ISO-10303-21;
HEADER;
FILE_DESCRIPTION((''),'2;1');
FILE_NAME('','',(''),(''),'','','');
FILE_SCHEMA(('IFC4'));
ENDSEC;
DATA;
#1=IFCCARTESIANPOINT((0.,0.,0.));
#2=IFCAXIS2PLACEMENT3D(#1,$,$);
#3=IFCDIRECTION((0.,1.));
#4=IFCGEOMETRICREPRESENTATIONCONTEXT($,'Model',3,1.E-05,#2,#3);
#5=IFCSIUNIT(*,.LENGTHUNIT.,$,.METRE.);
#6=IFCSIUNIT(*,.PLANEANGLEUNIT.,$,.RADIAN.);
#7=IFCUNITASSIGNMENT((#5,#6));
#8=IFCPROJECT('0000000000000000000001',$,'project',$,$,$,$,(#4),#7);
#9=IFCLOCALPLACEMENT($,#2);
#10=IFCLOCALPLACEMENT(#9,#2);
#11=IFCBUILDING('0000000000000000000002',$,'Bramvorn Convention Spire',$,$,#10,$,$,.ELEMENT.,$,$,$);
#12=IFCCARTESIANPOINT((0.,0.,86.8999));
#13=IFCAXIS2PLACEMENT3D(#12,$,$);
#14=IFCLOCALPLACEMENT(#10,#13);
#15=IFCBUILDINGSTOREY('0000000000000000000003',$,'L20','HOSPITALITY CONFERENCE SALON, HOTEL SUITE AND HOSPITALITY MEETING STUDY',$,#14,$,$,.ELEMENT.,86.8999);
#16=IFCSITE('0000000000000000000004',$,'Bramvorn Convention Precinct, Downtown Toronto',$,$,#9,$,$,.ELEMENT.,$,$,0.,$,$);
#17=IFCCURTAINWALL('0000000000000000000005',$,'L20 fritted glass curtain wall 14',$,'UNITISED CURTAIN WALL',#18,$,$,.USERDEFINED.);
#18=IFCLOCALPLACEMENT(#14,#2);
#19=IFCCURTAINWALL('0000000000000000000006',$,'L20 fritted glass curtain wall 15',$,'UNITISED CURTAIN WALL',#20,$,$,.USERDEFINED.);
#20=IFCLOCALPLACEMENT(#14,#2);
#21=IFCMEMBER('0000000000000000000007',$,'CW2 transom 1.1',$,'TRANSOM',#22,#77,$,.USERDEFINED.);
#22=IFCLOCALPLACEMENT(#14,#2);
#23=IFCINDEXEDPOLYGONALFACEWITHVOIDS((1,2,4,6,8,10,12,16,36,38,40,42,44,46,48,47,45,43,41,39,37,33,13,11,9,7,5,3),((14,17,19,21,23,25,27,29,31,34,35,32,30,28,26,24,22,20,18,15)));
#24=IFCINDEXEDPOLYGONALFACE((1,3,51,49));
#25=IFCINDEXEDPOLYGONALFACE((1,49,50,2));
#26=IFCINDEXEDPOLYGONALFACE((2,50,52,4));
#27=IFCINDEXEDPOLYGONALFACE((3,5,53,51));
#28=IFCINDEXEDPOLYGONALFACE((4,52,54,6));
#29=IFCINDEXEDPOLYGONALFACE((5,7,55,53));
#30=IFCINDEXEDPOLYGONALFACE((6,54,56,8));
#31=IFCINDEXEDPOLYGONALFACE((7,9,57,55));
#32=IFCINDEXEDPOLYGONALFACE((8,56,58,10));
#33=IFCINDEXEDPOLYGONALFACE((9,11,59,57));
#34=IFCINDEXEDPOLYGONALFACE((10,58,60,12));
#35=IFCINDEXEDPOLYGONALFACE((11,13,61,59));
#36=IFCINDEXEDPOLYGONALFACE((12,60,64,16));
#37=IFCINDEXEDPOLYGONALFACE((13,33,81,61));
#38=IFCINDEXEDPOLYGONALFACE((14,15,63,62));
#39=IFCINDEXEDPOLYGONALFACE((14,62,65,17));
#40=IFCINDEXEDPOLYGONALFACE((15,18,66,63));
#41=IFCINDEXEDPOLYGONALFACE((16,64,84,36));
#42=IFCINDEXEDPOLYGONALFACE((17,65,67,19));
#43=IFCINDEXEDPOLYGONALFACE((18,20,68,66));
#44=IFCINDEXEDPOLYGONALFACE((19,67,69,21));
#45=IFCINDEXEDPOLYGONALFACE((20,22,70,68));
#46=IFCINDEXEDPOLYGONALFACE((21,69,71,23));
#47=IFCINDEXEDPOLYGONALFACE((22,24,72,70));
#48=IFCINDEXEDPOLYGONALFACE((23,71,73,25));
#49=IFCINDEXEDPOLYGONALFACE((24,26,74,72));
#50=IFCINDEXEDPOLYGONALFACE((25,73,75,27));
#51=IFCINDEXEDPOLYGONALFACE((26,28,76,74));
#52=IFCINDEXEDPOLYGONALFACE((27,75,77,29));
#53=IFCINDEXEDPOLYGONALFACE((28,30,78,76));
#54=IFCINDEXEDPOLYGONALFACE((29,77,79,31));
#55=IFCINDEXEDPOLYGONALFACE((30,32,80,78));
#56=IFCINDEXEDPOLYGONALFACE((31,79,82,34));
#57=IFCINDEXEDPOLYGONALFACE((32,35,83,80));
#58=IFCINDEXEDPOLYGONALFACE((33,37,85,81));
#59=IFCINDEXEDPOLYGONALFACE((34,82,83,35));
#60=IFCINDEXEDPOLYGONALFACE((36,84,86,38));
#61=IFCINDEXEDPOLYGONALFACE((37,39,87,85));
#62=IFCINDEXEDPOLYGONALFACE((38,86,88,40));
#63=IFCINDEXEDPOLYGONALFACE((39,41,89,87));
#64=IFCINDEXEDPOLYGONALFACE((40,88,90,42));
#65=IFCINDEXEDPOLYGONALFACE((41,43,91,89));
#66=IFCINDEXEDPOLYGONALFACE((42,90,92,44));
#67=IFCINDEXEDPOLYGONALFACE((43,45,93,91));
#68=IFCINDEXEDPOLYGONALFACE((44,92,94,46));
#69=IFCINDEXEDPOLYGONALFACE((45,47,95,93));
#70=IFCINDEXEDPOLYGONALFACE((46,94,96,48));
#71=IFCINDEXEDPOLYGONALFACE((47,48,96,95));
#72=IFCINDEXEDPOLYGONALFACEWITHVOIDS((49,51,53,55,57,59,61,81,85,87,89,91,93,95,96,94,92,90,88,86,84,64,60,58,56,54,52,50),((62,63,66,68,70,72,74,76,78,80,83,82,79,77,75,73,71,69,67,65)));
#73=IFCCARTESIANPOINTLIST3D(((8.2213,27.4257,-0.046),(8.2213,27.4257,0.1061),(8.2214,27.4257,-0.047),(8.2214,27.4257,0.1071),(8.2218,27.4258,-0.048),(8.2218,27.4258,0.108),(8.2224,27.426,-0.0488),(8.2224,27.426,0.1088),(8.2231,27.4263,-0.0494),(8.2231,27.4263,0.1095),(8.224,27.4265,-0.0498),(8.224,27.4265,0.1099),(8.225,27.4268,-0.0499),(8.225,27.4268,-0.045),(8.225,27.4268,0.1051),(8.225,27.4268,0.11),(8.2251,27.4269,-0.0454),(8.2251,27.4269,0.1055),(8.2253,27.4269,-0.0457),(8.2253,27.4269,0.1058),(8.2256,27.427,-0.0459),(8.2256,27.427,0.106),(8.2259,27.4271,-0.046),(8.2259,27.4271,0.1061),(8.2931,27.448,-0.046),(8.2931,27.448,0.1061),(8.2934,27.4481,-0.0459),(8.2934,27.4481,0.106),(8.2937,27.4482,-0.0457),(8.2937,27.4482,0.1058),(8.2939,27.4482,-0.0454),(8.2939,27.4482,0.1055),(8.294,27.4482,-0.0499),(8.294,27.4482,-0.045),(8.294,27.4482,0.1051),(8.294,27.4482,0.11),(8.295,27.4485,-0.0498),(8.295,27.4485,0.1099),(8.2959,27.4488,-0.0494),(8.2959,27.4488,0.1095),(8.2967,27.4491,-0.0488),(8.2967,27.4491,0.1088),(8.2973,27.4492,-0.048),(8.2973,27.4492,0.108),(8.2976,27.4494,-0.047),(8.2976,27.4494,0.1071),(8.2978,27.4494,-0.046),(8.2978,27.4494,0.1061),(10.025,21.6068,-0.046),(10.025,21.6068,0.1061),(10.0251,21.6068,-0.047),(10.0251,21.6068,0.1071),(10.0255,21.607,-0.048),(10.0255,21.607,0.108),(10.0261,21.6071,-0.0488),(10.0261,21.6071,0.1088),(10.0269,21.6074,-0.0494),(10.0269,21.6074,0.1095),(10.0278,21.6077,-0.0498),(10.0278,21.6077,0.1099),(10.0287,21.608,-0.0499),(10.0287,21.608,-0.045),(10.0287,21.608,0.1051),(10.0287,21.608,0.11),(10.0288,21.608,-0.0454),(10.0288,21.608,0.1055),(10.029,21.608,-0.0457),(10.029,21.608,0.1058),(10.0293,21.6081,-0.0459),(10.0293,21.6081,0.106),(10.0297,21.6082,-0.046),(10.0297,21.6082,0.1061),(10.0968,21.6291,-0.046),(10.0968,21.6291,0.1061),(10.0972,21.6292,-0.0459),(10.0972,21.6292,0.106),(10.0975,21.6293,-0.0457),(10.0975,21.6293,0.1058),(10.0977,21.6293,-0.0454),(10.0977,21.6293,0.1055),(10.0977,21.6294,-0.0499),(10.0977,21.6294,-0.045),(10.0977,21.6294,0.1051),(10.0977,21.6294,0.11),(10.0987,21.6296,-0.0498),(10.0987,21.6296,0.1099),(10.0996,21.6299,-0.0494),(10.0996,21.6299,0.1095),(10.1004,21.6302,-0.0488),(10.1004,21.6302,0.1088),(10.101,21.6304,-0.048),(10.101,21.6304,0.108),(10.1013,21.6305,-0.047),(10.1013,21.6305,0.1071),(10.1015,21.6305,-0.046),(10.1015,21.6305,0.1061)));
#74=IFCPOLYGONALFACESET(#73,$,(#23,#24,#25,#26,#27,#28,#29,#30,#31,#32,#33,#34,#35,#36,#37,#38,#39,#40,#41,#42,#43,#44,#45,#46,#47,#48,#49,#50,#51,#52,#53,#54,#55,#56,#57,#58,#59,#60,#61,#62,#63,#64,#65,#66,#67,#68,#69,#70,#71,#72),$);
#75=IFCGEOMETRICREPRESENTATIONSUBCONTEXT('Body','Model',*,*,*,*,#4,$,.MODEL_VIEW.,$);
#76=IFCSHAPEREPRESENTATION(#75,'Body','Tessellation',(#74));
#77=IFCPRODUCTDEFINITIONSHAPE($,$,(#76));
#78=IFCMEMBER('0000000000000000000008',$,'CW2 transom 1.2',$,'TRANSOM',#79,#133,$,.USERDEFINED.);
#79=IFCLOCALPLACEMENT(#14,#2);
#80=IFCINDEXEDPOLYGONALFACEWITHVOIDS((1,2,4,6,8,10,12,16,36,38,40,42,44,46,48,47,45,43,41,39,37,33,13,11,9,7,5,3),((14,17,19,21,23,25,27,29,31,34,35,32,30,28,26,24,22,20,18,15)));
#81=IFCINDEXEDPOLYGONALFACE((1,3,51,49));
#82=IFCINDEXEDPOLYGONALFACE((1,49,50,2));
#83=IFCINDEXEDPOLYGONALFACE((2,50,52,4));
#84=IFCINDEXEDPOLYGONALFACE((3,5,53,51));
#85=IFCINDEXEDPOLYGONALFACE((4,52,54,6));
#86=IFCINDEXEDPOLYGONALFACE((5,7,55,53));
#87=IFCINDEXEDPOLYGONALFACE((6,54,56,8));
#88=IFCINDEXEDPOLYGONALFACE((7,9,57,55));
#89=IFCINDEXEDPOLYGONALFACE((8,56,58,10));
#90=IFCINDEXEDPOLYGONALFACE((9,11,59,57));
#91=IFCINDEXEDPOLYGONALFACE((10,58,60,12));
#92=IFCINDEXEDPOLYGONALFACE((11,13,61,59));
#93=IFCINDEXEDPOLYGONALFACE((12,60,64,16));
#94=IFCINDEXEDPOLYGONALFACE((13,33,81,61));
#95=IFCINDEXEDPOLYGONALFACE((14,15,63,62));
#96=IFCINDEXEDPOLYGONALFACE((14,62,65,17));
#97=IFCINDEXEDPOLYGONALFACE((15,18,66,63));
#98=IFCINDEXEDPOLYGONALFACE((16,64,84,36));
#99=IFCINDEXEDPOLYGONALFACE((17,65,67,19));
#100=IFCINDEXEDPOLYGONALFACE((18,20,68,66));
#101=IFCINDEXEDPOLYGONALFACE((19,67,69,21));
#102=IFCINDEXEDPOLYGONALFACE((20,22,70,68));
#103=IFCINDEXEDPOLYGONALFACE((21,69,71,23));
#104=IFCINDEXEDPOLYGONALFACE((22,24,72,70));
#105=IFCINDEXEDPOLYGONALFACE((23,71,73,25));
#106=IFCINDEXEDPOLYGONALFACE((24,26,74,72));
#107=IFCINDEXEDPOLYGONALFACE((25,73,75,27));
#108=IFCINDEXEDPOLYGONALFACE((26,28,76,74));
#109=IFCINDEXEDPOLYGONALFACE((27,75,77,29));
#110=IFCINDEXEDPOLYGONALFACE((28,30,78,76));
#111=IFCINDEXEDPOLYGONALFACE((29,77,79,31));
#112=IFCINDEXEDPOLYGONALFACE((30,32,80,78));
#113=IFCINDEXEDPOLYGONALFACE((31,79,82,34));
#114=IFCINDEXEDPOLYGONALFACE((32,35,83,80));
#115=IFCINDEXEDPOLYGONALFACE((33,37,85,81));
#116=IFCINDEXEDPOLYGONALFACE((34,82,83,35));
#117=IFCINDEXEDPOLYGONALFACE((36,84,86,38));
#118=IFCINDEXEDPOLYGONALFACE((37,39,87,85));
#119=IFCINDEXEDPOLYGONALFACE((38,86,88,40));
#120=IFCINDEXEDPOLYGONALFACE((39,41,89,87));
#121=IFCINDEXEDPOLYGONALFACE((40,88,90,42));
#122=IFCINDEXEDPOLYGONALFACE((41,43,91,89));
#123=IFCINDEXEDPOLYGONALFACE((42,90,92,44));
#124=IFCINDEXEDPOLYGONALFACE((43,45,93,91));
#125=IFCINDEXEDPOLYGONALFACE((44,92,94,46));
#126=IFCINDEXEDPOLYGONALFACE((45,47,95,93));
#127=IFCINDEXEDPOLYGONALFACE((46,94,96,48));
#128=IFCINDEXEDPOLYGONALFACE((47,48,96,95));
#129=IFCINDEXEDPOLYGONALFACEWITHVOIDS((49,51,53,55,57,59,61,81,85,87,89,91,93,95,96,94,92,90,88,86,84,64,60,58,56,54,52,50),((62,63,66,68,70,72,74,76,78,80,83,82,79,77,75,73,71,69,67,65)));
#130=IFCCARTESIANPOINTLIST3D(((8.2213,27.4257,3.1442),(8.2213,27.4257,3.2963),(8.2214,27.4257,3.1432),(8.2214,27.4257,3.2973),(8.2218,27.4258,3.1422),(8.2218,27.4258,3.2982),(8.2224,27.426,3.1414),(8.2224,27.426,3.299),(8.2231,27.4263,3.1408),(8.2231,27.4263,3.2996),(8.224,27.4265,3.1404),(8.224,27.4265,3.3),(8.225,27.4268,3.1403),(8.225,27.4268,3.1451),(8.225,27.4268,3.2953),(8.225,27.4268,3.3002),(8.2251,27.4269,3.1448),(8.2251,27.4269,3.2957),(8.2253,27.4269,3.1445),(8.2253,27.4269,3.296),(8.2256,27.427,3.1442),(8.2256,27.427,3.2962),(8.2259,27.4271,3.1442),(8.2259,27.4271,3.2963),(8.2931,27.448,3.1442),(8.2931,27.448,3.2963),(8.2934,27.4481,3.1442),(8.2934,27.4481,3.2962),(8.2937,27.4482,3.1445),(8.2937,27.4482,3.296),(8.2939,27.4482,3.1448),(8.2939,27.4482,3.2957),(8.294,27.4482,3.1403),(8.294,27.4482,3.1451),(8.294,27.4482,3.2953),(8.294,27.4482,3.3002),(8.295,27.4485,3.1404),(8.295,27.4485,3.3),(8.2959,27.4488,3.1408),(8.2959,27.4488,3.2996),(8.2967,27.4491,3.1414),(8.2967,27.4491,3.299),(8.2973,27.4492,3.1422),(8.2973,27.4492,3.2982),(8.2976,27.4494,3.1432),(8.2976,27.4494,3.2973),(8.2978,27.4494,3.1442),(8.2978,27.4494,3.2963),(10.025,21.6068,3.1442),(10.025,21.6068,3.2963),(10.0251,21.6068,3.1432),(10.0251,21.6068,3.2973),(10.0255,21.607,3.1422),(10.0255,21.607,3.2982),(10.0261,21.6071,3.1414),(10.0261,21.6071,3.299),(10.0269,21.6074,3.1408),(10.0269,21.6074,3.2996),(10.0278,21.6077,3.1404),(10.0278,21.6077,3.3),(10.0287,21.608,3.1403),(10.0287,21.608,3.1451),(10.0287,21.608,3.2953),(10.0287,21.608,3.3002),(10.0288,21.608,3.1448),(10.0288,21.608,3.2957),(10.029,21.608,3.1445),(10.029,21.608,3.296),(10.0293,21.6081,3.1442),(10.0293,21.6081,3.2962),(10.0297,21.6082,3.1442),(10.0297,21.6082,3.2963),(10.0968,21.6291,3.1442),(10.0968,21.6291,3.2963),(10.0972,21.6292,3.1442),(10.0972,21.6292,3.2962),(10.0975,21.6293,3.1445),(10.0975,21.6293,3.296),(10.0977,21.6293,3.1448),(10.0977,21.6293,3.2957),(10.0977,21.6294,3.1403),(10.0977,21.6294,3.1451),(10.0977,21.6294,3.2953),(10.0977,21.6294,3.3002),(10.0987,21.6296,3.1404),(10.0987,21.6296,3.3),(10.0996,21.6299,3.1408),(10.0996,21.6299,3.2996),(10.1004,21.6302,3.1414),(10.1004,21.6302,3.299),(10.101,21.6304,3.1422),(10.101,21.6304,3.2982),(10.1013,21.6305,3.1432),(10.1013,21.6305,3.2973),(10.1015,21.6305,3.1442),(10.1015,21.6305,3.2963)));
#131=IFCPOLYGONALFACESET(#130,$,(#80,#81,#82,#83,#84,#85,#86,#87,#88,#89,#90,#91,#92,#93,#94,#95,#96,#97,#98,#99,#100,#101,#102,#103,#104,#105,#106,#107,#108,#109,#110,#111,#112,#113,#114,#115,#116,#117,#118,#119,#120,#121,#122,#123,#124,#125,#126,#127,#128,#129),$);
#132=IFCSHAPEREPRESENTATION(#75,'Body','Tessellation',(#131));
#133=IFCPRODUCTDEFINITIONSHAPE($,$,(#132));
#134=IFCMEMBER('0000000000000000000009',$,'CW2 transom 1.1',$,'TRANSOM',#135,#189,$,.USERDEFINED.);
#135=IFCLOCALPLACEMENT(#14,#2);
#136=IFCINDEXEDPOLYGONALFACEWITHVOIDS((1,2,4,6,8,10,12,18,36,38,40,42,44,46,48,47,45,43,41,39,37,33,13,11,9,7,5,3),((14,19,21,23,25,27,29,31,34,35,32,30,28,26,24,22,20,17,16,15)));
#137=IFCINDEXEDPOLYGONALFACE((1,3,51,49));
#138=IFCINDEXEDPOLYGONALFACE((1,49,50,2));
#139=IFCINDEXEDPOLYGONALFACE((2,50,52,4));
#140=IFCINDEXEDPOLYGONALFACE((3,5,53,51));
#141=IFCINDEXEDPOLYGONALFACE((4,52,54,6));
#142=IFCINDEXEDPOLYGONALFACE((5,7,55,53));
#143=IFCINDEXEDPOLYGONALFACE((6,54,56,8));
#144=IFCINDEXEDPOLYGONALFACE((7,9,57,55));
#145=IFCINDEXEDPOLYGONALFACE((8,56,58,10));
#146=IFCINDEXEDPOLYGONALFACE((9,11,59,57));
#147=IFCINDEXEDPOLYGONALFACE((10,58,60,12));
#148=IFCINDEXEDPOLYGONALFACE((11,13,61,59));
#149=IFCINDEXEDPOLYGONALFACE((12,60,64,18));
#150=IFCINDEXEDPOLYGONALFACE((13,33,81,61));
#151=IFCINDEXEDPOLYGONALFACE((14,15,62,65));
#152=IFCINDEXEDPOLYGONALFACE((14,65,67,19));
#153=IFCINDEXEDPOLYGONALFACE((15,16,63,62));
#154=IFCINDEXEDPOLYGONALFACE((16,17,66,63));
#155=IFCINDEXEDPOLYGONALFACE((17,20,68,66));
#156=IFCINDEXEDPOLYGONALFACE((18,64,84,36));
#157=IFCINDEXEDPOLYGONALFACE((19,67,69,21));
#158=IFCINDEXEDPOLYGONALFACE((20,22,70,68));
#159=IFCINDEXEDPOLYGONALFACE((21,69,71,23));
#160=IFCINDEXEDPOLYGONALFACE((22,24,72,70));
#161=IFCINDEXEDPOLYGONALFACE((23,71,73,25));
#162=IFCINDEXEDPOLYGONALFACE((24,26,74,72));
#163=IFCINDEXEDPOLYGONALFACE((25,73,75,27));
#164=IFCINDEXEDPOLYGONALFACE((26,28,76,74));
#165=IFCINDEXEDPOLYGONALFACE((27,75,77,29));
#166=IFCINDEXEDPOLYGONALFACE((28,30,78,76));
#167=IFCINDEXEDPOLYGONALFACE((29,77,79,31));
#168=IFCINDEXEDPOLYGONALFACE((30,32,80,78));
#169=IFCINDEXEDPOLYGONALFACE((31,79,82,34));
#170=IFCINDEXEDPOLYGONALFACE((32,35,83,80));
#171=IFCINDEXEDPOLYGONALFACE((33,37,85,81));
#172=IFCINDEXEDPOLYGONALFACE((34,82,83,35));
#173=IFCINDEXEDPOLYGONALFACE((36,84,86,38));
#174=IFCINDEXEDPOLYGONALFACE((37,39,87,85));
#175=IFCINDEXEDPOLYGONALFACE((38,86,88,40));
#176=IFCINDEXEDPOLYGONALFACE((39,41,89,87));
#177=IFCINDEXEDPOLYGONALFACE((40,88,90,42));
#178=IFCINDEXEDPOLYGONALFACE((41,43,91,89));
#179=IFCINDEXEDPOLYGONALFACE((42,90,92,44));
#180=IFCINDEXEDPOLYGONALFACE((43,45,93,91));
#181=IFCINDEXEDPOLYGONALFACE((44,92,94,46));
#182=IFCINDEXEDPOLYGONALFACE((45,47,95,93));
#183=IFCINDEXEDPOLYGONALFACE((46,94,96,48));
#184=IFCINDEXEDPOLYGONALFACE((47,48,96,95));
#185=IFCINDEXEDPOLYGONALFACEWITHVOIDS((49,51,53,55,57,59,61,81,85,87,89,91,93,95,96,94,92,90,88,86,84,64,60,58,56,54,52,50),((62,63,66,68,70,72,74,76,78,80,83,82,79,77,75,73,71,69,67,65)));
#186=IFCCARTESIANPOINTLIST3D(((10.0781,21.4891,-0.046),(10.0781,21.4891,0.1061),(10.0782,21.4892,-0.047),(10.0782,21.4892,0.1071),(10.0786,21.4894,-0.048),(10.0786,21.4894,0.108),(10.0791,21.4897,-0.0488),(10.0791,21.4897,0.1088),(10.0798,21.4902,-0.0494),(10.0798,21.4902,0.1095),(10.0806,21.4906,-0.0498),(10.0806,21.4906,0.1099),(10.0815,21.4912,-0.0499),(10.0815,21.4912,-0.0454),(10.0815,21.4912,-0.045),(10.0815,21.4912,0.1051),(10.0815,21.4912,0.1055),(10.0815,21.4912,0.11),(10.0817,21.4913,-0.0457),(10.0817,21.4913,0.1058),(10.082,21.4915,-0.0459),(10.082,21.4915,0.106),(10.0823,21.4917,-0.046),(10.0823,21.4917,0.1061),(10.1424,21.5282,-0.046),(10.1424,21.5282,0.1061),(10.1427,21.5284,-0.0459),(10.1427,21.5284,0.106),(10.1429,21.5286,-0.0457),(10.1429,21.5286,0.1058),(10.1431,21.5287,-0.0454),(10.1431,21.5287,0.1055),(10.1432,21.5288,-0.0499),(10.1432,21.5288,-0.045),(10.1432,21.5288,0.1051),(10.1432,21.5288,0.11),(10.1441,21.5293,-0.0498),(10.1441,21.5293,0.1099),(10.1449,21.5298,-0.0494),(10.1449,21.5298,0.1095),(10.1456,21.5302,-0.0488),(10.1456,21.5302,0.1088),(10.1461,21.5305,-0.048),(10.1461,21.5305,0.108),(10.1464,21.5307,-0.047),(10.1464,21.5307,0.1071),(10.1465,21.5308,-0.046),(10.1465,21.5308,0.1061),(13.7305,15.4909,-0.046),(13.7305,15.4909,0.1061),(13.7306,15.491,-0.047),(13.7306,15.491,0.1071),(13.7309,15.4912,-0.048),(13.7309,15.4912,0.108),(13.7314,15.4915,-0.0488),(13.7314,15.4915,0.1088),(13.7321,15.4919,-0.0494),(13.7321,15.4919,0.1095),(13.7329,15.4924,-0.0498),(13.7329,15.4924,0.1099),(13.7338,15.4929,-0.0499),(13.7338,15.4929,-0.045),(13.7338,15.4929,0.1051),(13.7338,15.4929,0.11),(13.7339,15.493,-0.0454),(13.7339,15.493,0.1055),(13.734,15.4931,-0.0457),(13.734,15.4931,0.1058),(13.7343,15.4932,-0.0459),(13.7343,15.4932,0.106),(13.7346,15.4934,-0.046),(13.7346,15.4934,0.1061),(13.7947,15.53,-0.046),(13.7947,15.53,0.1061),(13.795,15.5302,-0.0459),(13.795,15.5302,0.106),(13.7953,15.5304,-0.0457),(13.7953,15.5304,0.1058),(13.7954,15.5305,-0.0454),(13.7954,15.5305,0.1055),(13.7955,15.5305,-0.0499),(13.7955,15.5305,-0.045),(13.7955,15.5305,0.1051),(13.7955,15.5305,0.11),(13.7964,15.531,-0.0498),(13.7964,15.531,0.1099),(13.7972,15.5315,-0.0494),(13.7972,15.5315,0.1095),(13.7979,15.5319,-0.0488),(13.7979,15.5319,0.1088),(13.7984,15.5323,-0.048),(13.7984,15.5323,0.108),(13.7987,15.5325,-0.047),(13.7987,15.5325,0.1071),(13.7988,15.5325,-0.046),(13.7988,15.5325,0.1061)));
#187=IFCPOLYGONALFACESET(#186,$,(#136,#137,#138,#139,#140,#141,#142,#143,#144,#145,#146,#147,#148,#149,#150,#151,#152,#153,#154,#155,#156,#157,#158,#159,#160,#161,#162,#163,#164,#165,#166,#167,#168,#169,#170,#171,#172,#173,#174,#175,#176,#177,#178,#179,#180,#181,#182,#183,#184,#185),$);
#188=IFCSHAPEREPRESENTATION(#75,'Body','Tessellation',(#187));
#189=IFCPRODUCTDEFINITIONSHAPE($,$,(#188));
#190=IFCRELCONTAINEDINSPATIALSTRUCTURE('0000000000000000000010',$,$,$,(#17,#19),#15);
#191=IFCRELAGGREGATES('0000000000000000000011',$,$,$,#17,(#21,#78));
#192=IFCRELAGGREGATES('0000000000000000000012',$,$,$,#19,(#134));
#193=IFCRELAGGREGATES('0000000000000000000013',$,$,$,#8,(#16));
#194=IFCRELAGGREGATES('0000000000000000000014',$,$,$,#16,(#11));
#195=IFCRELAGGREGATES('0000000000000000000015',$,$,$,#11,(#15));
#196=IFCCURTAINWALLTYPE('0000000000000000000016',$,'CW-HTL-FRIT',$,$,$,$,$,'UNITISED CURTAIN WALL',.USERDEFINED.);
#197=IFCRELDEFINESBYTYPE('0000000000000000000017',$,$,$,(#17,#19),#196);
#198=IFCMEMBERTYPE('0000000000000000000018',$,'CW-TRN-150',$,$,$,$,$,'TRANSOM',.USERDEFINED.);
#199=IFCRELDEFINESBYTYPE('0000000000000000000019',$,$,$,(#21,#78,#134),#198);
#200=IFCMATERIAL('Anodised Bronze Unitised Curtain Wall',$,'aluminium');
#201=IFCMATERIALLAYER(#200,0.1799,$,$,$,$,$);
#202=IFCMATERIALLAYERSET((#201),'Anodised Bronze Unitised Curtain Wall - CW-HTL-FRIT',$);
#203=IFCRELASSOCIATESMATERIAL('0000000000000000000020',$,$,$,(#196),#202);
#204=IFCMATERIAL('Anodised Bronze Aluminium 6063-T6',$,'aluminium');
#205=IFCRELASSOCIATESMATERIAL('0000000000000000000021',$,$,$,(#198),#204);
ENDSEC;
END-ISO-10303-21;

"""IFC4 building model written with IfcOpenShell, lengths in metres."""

from ifc_helpers import new_model, si_unit, direction, frame, origin, origin_2d, place, context, subcontext, project, spatial, hollow_rectangle, extrude, material, layer, layer_set, material_profile, profile_set, type_object, element, aggregate, save


model = new_model("IFC4")

# Units and contexts
model_context = context("Model", 3, precision=1e-05, world=origin(), true_north=direction((0.0, 1.0)))
body_context = subcontext(model_context, "Body", "Model", "MODEL_VIEW")
ifc_project = project(units=[si_unit("LENGTHUNIT", "METRE"), si_unit("PLANEANGLEUNIT", "RADIAN")], contexts=[model_context])

# Site, building, storey
site_placement = place(None, origin())
site = spatial("IfcSite", under=ifc_project, at=site_placement, Name="Bramvorn Convention Precinct, Downtown Toronto", CompositionType="ELEMENT", RefElevation=0.0)
building_placement = place(site_placement, origin())
building = spatial("IfcBuilding", under=site, at=building_placement, Name="Bramvorn Convention Spire", CompositionType="ELEMENT")
storey_placement = place(building_placement, frame((0.0, 0.0, 86.8999)))
storey = spatial("IfcBuildingStorey", under=building, at=storey_placement, Name="L20", Description="HOSPITALITY CONFERENCE SALON, HOTEL SUITE AND HOSPITALITY MEETING STUDY", CompositionType="ELEMENT", Elevation=86.8999)

# Curtain walls
ifc_material_1 = material(Name="Anodised Bronze Unitised Curtain Wall", Category="aluminium")
ifc_layer_1 = layer(ifc_material_1, 0.1799)
ifc_layer_set_1 = layer_set([ifc_layer_1], Name="Anodised Bronze Unitised Curtain Wall - CW-HTL-FRIT")
curtain_wall_type = type_object("IfcCurtainWallType", Name="CW-HTL-FRIT", ElementType="UNITISED CURTAIN WALL", PredefinedType="USERDEFINED", material=ifc_layer_set_1)
curtain_wall_1_placement = place(storey_placement, origin())
curtain_wall_1 = element("IfcCurtainWall", 1, at=curtain_wall_1_placement, inside=storey, type_object=curtain_wall_type, Name="L20 fritted glass curtain wall 14", ObjectType="UNITISED CURTAIN WALL", PredefinedType="USERDEFINED")
ifc_material_2 = material(Name="Anodised Bronze Aluminium 6063-T6", Category="aluminium")
curtain_wall_2_placement = place(storey_placement, origin())
curtain_wall_2 = element("IfcCurtainWall", 2, at=curtain_wall_2_placement, inside=storey, type_object=curtain_wall_type, Name="L20 fritted glass curtain wall 15", ObjectType="UNITISED CURTAIN WALL", PredefinedType="USERDEFINED")

# Members
ifc_material_profile_1 = material_profile(ifc_material_2, hollow_rectangle(XDim=0.0801, YDim=0.1599, WallThickness=0.0039, InnerFilletRadius=0.001, OuterFilletRadius=0.0039, at=origin_2d()))
ifc_profile_set_1 = profile_set([ifc_material_profile_1], Name="Anodised Bronze Aluminium 6063-T6 - CWT80X160")
member_type_1 = type_object("IfcMemberType", Name="CW-TRN-150", ElementType="TRANSOM", PredefinedType="USERDEFINED", material=ifc_profile_set_1)
member_1_placement = place(storey_placement, frame((10.0632, 21.6187, 0.03), z_axis=(-0.296079, 0.955163, 0.0), x_axis=(-0.955163, -0.296079, 0.0)))
member_1 = element("IfcMember", 3, at=member_1_placement, type_object=member_type_1, Name="CW2 transom 1.1", ObjectType="TRANSOM", PredefinedType="USERDEFINED", context=body_context, shape_type="SweptSolid", body=[
    extrude(hollow_rectangle(XDim=0.0801, YDim=0.1599, WallThickness=0.0039, InnerFilletRadius=0.001, OuterFilletRadius=0.0039, at=origin_2d()), origin(), (0.0, 0.0, 1.0), 6.092),
])
member_2_placement = place(storey_placement, frame((10.0632, 21.6187, 3.2202), z_axis=(-0.296079, 0.955163, 0.0), x_axis=(-0.955163, -0.296079, 0.0)))
member_2 = element("IfcMember", 4, at=member_2_placement, type_object=member_type_1, Name="CW2 transom 1.2", ObjectType="TRANSOM", PredefinedType="USERDEFINED", context=body_context, shape_type="SweptSolid", body=[
    extrude(hollow_rectangle(XDim=0.0801, YDim=0.1599, WallThickness=0.0039, InnerFilletRadius=0.001, OuterFilletRadius=0.0039, at=origin_2d()), origin(), (0.0, 0.0, 1.0), 6.092),
])
member_3_placement = place(storey_placement, frame((13.7646, 15.5117, 0.03), z_axis=(-0.520073, 0.854122, 0.0), x_axis=(-0.854122, -0.520073, 0.0)))
member_3 = element("IfcMember", 5, at=member_3_placement, type_object=member_type_1, Name="CW2 transom 1.1", ObjectType="TRANSOM", PredefinedType="USERDEFINED", context=body_context, shape_type="SweptSolid", body=[
    extrude(hollow_rectangle(XDim=0.0801, YDim=0.1599, WallThickness=0.0039, InnerFilletRadius=0.001, OuterFilletRadius=0.0039, at=origin_2d()), origin(), (0.0, 0.0, 1.0), 7.0227),
])

aggregate(curtain_wall_1, [member_1, member_2])
aggregate(curtain_wall_2, [member_3])

save(model, "model.ifc")
